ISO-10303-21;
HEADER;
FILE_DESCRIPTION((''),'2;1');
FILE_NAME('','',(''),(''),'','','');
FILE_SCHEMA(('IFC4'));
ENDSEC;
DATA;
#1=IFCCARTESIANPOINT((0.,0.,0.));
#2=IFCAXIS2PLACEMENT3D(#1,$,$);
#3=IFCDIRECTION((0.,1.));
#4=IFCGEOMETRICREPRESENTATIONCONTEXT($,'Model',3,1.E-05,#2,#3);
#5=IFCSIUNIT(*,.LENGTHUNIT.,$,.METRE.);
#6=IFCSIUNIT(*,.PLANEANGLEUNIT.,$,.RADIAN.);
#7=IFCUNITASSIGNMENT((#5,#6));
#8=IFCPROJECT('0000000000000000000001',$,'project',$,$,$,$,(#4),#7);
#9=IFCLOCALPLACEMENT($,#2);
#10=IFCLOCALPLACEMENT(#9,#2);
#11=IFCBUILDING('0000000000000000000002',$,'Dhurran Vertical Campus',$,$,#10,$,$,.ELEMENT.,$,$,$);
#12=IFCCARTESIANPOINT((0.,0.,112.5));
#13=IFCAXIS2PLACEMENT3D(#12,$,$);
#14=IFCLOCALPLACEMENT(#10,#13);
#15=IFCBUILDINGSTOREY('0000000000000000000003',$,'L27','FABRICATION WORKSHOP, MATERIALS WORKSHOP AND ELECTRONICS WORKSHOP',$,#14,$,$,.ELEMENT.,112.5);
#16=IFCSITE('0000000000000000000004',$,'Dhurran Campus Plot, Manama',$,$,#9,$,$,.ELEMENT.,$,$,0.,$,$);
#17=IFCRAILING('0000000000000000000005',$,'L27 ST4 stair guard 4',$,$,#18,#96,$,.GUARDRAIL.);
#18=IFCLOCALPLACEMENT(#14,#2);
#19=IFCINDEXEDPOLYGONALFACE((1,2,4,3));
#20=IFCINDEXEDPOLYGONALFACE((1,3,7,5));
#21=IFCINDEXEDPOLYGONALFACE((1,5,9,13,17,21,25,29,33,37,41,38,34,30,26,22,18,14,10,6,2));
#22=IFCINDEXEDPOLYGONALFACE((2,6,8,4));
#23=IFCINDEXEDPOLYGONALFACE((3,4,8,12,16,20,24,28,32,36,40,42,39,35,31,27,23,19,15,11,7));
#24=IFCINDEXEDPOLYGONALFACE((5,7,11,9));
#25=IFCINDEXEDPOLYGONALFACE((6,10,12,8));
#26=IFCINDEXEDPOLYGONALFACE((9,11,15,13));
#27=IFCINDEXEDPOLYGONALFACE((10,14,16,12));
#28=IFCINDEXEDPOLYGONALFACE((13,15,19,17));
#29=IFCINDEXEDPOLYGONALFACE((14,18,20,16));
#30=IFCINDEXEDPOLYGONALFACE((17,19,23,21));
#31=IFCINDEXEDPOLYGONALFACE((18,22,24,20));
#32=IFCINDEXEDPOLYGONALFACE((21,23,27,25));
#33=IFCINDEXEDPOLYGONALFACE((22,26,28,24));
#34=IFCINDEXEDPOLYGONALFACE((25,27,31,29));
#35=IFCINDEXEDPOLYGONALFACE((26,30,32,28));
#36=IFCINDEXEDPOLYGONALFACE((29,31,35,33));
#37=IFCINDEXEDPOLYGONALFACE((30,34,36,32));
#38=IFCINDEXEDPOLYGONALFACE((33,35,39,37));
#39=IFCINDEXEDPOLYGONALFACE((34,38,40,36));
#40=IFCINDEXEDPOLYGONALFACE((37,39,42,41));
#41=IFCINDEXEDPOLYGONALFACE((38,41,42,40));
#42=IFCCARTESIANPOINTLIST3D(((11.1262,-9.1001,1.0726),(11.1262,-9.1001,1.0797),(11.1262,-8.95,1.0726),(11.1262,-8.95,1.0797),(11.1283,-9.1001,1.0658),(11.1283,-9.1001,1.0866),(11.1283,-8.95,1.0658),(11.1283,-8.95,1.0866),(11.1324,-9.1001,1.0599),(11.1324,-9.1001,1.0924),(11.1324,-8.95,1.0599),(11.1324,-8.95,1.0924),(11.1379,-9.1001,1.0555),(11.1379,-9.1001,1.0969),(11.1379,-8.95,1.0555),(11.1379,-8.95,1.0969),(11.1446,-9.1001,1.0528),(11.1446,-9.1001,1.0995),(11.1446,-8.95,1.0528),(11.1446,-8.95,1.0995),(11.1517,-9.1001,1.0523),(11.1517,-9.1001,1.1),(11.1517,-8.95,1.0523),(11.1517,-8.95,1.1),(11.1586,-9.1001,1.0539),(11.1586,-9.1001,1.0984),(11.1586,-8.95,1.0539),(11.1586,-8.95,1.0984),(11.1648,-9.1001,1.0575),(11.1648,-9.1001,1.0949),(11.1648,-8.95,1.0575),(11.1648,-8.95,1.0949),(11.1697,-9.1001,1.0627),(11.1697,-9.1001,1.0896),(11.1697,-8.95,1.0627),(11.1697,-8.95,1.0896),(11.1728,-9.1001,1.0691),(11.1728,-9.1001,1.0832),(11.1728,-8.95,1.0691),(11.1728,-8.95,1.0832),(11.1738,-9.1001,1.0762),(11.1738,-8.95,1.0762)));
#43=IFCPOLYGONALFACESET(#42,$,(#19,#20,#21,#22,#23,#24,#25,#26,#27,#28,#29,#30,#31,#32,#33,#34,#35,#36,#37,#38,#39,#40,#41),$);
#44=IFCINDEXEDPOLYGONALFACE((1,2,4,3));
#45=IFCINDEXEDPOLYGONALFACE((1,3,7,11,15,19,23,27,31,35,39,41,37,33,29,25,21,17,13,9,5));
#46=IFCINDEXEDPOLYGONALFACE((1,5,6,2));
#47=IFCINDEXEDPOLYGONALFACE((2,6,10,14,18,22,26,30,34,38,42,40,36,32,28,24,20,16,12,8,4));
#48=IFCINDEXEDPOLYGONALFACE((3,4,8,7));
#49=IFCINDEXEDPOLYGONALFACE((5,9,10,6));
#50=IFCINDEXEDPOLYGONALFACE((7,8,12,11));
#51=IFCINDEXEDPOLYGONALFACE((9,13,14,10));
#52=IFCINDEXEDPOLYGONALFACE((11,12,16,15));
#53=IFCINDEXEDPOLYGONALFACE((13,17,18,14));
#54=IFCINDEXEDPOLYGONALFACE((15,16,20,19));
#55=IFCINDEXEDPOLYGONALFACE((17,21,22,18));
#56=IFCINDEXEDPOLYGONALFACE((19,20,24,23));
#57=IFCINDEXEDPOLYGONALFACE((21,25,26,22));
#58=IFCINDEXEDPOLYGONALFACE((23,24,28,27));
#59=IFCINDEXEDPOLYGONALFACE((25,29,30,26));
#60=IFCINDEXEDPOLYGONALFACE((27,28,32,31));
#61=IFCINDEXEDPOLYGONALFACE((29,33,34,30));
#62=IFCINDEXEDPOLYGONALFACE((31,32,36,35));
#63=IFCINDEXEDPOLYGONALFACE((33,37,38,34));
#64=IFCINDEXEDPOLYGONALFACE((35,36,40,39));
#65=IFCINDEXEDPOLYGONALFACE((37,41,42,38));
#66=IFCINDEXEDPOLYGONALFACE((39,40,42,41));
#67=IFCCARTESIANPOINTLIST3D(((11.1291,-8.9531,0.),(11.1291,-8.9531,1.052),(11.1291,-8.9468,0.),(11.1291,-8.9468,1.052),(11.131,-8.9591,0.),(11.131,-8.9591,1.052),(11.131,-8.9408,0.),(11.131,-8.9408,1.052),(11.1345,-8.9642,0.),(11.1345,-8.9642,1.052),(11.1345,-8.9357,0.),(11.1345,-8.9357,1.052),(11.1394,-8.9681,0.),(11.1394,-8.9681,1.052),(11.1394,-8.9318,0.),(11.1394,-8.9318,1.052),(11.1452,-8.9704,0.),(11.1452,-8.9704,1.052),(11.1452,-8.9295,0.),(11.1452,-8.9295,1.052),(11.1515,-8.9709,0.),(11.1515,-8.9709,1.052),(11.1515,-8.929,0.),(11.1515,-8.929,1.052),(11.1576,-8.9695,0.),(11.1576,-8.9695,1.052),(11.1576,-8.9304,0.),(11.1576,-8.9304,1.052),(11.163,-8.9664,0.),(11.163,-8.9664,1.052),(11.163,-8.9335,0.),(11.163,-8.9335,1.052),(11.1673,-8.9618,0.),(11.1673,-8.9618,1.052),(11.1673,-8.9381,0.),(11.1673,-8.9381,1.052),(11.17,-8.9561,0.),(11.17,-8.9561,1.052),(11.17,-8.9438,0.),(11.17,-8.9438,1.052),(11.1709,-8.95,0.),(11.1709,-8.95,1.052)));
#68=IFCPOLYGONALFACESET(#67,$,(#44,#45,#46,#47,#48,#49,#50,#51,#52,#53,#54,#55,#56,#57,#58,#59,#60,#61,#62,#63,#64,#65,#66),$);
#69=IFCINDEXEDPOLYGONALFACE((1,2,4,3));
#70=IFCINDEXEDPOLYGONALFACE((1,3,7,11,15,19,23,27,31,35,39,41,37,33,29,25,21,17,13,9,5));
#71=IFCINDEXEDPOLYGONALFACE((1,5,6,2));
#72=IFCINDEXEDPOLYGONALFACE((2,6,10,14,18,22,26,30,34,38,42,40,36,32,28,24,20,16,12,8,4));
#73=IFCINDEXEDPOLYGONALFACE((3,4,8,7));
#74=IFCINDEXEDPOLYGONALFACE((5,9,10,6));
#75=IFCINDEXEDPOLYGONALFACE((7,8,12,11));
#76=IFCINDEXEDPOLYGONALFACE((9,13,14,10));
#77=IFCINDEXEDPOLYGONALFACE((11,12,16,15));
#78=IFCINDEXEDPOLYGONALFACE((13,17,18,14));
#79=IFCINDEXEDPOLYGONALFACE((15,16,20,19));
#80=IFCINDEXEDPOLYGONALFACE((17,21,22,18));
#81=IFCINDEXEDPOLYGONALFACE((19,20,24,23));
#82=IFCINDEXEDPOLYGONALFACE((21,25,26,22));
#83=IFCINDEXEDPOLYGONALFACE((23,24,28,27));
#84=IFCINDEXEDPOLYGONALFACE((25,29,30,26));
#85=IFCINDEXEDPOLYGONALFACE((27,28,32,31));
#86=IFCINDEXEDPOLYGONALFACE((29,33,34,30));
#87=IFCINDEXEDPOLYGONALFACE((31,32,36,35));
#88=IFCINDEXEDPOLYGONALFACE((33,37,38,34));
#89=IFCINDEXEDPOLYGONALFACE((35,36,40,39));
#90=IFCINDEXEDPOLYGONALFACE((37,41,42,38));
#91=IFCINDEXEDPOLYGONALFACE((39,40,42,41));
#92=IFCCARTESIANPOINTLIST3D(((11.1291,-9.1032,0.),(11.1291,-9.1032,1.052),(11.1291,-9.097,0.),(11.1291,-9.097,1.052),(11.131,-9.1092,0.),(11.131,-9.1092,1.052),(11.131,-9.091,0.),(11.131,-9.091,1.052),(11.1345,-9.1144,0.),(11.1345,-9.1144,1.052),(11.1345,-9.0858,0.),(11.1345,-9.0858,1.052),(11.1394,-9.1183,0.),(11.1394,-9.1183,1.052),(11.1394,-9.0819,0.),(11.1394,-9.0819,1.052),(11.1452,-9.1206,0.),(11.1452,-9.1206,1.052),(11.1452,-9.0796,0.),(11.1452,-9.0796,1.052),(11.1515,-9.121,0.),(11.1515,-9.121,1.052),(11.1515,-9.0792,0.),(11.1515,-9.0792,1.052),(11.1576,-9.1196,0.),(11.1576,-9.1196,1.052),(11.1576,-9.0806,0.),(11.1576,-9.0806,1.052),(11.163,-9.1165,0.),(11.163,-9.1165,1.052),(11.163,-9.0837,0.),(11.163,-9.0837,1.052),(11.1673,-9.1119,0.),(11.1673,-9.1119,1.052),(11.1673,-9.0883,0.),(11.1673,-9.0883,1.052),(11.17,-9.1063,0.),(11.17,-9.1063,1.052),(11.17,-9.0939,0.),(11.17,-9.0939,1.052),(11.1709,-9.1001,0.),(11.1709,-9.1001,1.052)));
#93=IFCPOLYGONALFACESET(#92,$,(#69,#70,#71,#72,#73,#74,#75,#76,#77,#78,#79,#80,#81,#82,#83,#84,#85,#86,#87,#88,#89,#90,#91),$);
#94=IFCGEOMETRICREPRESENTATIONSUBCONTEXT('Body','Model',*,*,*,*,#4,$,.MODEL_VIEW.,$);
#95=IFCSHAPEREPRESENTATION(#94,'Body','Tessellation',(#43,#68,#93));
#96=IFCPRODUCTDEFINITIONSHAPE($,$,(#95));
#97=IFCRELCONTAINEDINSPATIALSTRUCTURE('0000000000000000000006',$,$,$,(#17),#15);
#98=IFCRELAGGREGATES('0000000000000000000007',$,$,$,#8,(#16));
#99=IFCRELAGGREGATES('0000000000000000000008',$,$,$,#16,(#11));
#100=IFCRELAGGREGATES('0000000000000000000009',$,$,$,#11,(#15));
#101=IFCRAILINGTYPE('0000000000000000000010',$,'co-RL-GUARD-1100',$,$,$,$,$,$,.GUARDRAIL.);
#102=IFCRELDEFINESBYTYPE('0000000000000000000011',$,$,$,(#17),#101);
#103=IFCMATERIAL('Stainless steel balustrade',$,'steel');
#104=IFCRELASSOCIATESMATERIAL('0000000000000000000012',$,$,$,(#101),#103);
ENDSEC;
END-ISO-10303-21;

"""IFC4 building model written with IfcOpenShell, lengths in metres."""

from ifc_helpers import new_model, si_unit, direction, frame, origin, origin_2d, place, context, subcontext, project, spatial, circle, extrude, material, type_object, element, save


model = new_model("IFC4")

# Units and contexts
model_context = context("Model", 3, precision=1e-05, world=origin(), true_north=direction((0.0, 1.0)))
body_context = subcontext(model_context, "Body", "Model", "MODEL_VIEW")
ifc_project = project(units=[si_unit("LENGTHUNIT", "METRE"), si_unit("PLANEANGLEUNIT", "RADIAN")], contexts=[model_context])

# Site, building, storey
site_placement = place(None, origin())
site = spatial("IfcSite", under=ifc_project, at=site_placement, Name="Dhurran Campus Plot, Manama", CompositionType="ELEMENT", RefElevation=0.0)
building_placement = place(site_placement, origin())
building = spatial("IfcBuilding", under=site, at=building_placement, Name="Dhurran Vertical Campus", CompositionType="ELEMENT")
storey_placement = place(building_placement, frame((0.0, 0.0, 112.5)))
storey = spatial("IfcBuildingStorey", under=building, at=storey_placement, Name="L27", Description="FABRICATION WORKSHOP, MATERIALS WORKSHOP AND ELECTRONICS WORKSHOP", CompositionType="ELEMENT", Elevation=112.5)

# Railing
ifc_material_1 = material(Name="Stainless steel balustrade", Category="steel")
railing_type_1 = type_object("IfcRailingType", Name="co-RL-GUARD-1100", PredefinedType="GUARDRAIL", material=ifc_material_1)
railing_1_placement = place(storey_placement, frame((11.1499, -8.95, 0.0)))
element("IfcRailing", 1, at=railing_1_placement, inside=storey, type_object=railing_type_1, Name="L27 ST4 stair guard 4", PredefinedType="GUARDRAIL", context=body_context, shape_type="SweptSolid", body=[
    extrude(circle(Radius=0.0239, at=origin_2d()), frame((0.0, 0.0, 1.0762), z_axis=(0.0, -1.0, 0.0), x_axis=(1.0, 0.0, 0.0)), (0.0, 0.0, 1.0), 0.1501),
    extrude(circle(Radius=0.021, at=origin_2d()), origin(), (0.0, 0.0, 1.0), 1.052),
    extrude(circle(Radius=0.021, at=origin_2d()), frame((0.0, -0.1501, 0.0)), (0.0, 0.0, 1.0), 1.052),
])

save(model, "model.ifc")
